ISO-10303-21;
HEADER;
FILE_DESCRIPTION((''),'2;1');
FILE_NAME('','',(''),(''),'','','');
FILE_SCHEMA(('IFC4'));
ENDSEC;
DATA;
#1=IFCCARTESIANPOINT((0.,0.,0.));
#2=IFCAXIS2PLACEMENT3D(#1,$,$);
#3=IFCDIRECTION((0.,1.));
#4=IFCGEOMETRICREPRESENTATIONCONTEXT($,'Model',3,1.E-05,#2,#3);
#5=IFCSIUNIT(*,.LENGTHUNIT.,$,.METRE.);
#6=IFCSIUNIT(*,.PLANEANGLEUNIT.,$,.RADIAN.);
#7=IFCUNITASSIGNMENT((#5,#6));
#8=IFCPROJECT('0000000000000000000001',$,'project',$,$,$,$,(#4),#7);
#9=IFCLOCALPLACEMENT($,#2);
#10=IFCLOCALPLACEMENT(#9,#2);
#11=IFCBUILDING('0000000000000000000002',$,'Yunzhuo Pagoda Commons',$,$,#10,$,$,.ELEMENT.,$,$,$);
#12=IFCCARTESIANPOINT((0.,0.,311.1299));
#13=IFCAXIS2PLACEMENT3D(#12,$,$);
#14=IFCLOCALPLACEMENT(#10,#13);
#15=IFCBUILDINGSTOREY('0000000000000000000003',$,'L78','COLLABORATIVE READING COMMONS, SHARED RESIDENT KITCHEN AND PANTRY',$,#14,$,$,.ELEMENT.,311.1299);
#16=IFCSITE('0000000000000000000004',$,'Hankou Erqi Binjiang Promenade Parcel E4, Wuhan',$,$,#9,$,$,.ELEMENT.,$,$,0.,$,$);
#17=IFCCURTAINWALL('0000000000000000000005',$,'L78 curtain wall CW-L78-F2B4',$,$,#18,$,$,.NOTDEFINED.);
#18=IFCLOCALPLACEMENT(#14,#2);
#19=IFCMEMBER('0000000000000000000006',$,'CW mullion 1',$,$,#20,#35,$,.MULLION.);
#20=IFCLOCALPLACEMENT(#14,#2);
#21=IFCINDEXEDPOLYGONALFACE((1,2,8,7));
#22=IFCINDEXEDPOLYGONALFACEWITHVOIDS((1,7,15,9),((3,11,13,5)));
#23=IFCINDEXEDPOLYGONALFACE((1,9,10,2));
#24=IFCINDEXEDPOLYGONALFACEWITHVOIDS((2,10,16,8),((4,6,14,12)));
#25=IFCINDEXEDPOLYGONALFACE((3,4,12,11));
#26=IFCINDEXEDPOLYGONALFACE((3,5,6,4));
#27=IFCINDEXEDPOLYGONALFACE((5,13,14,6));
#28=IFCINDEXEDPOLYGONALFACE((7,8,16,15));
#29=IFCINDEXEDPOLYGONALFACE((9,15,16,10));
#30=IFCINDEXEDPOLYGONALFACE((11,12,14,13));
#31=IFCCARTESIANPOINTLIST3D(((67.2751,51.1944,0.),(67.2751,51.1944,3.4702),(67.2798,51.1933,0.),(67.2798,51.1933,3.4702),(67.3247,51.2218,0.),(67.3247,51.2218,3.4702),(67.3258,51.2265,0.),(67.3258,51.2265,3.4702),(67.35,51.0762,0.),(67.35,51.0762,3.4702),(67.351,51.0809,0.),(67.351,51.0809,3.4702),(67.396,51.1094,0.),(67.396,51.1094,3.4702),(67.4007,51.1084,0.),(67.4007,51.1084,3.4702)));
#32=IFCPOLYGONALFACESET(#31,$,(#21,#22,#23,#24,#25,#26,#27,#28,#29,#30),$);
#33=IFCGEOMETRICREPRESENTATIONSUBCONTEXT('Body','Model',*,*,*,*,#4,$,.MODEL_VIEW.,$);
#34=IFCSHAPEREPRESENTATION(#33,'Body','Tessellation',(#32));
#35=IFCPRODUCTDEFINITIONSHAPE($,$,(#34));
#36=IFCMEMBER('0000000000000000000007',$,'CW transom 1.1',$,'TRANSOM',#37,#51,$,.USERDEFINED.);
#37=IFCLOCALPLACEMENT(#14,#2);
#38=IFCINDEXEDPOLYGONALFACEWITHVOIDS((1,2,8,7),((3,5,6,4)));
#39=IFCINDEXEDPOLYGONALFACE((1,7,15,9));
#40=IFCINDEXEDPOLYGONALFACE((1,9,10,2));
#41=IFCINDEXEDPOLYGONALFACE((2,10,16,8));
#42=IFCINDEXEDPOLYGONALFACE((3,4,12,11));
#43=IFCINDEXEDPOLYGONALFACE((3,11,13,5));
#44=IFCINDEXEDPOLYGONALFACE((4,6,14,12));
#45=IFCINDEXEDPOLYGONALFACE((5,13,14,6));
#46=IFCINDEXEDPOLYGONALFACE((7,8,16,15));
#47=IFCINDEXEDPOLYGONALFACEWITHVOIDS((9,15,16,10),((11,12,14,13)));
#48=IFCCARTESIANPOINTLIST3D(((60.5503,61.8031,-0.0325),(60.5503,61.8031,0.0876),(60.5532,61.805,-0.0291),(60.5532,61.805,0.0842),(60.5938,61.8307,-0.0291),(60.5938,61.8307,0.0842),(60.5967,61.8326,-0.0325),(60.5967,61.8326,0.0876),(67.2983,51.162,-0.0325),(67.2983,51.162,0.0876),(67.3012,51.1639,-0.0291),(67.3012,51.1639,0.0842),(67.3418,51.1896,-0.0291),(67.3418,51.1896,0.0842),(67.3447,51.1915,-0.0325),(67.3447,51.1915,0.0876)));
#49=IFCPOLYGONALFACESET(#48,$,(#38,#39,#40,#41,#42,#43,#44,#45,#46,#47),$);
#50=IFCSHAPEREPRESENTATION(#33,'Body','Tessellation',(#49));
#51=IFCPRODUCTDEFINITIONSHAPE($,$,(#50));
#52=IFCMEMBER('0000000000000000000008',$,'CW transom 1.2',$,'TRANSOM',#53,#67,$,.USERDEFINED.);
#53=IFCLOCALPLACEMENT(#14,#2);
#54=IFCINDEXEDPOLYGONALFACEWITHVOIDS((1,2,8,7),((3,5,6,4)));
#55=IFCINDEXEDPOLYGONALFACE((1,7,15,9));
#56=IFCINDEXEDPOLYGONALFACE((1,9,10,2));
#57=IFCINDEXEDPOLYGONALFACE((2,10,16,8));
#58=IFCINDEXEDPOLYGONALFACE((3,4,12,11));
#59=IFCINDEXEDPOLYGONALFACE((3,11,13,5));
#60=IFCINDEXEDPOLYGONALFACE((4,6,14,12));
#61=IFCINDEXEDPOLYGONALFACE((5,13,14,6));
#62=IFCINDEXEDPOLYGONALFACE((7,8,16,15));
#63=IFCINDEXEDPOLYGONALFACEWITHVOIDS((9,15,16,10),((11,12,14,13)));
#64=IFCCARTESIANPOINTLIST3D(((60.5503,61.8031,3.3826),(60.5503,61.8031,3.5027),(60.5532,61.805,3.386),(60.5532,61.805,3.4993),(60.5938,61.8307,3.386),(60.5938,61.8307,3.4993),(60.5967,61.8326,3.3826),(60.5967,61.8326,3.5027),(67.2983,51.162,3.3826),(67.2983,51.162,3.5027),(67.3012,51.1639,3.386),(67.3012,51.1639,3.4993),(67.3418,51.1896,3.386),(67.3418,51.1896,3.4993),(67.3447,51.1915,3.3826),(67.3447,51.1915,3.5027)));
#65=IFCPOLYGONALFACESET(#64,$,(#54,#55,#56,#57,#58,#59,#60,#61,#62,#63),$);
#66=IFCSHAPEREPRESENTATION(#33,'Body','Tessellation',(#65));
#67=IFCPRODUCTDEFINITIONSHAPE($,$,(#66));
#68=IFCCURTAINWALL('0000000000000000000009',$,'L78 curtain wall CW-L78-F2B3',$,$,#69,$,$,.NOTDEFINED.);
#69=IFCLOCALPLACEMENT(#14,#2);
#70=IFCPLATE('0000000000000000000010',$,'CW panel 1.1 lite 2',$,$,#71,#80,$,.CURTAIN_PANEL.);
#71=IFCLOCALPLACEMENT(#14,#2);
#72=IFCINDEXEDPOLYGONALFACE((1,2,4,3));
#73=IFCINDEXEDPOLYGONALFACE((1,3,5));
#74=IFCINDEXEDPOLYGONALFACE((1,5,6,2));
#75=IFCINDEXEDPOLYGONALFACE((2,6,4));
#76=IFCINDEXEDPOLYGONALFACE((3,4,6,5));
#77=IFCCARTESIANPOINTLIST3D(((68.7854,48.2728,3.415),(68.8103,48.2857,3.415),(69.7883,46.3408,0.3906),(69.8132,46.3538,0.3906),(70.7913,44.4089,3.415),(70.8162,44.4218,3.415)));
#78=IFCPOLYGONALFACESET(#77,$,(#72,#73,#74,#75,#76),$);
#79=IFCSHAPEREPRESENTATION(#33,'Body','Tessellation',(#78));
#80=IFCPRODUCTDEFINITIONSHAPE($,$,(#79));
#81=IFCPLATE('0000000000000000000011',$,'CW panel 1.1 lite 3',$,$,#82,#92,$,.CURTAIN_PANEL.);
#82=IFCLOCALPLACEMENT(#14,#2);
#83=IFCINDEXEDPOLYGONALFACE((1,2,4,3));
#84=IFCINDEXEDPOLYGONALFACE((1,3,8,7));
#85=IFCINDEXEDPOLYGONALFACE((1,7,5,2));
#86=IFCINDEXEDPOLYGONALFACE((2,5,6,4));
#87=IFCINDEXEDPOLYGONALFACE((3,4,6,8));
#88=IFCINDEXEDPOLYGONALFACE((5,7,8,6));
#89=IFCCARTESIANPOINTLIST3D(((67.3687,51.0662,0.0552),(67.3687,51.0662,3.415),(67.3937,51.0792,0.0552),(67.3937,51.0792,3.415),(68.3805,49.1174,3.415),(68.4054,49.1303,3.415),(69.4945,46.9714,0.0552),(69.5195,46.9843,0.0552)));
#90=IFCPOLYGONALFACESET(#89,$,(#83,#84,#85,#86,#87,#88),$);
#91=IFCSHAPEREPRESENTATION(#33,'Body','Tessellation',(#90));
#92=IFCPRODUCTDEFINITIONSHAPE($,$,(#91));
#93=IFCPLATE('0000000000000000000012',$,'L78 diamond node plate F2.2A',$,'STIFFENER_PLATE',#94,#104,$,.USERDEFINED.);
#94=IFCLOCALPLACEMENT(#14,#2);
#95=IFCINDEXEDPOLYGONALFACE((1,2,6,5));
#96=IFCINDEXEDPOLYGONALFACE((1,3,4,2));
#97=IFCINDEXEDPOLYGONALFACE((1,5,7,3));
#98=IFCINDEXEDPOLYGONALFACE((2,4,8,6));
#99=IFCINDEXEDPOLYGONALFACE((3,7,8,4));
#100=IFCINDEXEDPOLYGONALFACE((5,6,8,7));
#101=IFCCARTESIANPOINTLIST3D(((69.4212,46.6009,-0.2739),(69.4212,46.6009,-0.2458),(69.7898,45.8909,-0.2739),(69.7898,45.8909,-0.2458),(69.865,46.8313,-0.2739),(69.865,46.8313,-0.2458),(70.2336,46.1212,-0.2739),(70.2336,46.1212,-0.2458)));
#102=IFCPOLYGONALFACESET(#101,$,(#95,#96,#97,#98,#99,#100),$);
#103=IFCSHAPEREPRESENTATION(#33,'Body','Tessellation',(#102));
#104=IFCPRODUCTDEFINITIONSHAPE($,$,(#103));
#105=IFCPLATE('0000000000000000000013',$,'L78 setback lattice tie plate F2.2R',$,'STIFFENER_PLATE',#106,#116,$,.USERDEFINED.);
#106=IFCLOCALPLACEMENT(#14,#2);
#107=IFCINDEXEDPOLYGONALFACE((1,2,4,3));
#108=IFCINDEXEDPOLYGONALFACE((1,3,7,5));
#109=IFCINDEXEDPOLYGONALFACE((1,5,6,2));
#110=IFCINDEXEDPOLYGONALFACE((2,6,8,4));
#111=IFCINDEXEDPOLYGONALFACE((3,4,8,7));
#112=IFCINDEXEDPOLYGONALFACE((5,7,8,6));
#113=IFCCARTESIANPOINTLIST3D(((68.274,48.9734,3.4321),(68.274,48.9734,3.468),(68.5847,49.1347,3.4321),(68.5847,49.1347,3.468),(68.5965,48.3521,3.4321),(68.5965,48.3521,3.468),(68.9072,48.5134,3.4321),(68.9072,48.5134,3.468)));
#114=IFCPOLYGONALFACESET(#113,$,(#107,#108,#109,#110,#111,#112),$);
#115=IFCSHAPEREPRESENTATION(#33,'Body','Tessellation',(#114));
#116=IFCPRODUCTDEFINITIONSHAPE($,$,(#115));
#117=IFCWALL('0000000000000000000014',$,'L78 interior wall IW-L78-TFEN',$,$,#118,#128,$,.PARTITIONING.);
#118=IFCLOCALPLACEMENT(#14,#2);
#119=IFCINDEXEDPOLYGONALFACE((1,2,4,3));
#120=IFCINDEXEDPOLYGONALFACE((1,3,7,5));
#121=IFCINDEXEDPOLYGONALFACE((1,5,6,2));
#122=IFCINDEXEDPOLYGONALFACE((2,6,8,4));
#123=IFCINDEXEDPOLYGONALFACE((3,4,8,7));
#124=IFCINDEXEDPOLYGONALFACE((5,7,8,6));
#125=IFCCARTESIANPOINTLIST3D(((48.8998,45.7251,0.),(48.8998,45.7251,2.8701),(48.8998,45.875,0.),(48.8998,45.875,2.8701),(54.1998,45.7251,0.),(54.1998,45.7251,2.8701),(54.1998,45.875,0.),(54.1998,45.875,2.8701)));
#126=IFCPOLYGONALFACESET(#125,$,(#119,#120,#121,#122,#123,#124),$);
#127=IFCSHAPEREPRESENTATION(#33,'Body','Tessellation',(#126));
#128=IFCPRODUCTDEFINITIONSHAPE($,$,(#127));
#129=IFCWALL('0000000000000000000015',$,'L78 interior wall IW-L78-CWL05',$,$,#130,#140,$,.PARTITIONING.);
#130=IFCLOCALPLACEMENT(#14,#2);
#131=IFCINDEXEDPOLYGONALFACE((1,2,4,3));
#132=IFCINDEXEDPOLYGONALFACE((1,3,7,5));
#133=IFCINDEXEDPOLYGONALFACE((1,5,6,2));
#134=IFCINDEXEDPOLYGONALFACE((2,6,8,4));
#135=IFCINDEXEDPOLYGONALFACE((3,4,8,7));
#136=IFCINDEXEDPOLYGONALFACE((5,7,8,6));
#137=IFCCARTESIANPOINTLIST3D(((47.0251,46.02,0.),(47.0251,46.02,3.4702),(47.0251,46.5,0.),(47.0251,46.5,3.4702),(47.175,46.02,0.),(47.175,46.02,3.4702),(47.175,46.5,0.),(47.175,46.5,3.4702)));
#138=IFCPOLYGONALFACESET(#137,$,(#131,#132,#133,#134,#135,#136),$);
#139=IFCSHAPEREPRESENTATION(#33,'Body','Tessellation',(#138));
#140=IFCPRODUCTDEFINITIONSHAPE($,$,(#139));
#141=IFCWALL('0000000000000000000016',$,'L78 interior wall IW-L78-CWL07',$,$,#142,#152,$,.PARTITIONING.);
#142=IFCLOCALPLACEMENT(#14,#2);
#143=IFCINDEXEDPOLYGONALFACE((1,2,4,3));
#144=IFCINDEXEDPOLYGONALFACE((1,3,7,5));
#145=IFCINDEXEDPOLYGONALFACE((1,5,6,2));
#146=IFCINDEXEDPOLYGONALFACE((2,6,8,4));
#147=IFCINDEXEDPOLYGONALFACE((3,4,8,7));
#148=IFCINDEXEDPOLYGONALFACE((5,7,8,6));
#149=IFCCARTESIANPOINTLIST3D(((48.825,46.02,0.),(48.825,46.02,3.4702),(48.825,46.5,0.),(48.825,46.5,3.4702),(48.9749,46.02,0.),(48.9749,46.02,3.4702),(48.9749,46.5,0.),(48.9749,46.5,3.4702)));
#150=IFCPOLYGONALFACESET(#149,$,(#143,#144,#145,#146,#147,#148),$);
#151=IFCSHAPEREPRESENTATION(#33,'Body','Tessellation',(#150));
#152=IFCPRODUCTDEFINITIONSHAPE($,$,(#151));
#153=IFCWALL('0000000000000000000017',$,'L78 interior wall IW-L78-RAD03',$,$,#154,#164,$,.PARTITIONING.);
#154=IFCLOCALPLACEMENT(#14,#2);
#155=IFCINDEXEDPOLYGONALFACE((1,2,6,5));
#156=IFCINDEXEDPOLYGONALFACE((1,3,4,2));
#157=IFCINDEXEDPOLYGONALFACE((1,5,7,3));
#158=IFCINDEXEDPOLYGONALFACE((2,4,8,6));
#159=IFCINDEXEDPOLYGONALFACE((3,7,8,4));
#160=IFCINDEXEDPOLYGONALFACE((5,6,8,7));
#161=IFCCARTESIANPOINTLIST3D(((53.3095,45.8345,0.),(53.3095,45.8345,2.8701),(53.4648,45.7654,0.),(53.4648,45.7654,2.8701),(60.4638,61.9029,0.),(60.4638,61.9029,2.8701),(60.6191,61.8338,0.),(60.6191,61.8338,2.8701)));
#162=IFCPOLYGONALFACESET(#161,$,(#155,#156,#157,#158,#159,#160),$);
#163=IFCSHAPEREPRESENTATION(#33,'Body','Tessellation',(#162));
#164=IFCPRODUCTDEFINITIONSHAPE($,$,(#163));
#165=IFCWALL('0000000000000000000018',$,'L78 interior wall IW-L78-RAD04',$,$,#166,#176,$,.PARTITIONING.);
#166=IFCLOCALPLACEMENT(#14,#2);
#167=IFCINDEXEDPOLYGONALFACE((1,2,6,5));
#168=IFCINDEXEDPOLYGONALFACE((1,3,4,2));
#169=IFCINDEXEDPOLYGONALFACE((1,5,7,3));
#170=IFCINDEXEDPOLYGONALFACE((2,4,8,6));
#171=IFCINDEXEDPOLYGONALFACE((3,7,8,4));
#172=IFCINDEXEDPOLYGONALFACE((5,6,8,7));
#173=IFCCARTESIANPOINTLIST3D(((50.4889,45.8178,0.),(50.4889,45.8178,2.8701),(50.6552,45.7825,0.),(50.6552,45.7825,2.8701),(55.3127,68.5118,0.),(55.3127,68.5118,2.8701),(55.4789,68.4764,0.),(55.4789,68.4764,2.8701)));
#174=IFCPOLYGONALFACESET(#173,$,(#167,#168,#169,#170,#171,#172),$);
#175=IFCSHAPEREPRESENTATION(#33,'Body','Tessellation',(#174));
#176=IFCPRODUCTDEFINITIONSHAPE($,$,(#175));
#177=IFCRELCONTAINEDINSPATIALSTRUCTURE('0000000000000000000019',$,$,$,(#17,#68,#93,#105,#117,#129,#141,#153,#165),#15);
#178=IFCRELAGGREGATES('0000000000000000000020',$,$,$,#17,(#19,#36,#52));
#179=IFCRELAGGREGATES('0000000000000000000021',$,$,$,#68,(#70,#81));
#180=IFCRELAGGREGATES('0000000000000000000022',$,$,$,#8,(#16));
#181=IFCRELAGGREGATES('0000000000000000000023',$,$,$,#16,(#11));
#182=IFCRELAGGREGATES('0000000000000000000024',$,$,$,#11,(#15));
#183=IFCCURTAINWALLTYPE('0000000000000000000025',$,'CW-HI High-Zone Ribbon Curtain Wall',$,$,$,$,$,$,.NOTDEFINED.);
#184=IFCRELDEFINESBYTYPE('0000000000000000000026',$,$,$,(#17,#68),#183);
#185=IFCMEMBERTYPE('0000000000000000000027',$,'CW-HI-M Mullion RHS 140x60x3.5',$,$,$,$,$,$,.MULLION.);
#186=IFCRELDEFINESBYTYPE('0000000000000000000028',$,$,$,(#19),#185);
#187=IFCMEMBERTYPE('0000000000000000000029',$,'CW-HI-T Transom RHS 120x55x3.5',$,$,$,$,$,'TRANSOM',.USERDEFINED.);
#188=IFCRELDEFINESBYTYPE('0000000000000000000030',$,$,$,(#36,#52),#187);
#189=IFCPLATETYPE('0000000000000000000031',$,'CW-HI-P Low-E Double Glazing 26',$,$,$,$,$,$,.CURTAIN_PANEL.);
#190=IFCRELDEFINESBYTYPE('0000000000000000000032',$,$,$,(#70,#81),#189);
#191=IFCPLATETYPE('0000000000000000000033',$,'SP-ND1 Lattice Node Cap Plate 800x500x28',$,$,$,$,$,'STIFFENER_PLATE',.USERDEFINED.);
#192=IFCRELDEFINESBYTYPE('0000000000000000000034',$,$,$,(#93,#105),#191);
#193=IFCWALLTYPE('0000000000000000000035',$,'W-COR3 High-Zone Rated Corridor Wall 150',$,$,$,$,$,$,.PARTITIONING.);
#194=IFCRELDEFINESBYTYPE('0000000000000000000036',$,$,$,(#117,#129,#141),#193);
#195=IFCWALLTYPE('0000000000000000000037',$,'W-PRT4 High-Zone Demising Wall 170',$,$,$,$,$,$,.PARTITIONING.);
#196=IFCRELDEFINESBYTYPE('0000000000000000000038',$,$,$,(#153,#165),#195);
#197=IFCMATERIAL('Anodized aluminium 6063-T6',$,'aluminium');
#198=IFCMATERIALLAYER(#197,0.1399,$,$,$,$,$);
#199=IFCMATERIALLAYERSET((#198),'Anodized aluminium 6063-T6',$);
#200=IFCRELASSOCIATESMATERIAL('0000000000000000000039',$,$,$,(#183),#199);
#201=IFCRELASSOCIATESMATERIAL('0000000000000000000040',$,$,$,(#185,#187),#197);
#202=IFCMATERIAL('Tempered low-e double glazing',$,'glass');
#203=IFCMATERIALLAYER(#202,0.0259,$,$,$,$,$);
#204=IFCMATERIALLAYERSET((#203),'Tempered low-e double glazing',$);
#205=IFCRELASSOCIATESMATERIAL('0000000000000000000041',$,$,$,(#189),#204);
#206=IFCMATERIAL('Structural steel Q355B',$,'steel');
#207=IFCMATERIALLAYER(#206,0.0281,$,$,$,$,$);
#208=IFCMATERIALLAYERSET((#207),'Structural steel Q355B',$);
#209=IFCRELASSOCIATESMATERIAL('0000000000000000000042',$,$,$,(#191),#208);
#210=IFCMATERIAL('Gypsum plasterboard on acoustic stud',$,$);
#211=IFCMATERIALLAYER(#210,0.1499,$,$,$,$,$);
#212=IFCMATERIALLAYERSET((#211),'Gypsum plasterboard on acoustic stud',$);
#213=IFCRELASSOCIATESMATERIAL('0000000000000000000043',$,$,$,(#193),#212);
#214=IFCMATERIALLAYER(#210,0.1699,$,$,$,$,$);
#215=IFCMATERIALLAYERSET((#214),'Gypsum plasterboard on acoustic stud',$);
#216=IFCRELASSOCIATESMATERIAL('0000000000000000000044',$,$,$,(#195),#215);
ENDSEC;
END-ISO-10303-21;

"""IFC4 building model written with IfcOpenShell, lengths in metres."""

from ifc_helpers import new_model, si_unit, direction, frame, frame_2d, origin, origin_2d, place, context, subcontext, project, spatial, polyline, rectangle, hollow_rectangle, outline, extrude, source, transform, mapped, material, layer, layer_set, material_profile, profile_set, type_object, element, aggregate, save


model = new_model("IFC4")

# Units and contexts
model_context = context("Model", 3, precision=1e-05, world=origin(), true_north=direction((0.0, 1.0)))
body_context = subcontext(model_context, "Body", "Model", "MODEL_VIEW")
ifc_project = project(units=[si_unit("LENGTHUNIT", "METRE"), si_unit("PLANEANGLEUNIT", "RADIAN")], contexts=[model_context])

# Site, building, storey
site_placement = place(None, origin())
site = spatial("IfcSite", under=ifc_project, at=site_placement, Name="Hankou Erqi Binjiang Promenade Parcel E4, Wuhan", CompositionType="ELEMENT", RefElevation=0.0)
building_placement = place(site_placement, origin())
building = spatial("IfcBuilding", under=site, at=building_placement, Name="Yunzhuo Pagoda Commons", CompositionType="ELEMENT")
storey_placement = place(building_placement, frame((0.0, 0.0, 311.1299)))
storey = spatial("IfcBuildingStorey", under=building, at=storey_placement, Name="L78", Description="COLLABORATIVE READING COMMONS, SHARED RESIDENT KITCHEN AND PANTRY", CompositionType="ELEMENT", Elevation=311.1299)

# Shared definitions
ifc_material_1 = material(Name="Structural steel Q355B", Category="steel")

# Curtain wall, members
ifc_material_2 = material(Name="Anodized aluminium 6063-T6", Category="aluminium")
ifc_layer_1 = layer(ifc_material_2, 0.1399)
ifc_layer_set_1 = layer_set([ifc_layer_1], Name="Anodized aluminium 6063-T6")
curtain_wall_type = type_object("IfcCurtainWallType", Name="CW-HI High-Zone Ribbon Curtain Wall", PredefinedType="NOTDEFINED", material=ifc_layer_set_1)
curtain_wall_1_placement = place(storey_placement, origin())
curtain_wall_1 = element("IfcCurtainWall", 1, at=curtain_wall_1_placement, inside=storey, type_object=curtain_wall_type, Name="L78 curtain wall CW-L78-F2B4", PredefinedType="NOTDEFINED")
ifc_material_profile_1 = material_profile(ifc_material_2, hollow_rectangle(XDim=0.0601, YDim=0.1399, WallThickness=0.0034, at=origin_2d()), Name="Anodized aluminium 6063-T6")
ifc_profile_set_1 = profile_set([ifc_material_profile_1], Name="Anodized aluminium 6063-T6")
member_type_1 = type_object("IfcMemberType", Name="CW-HI-M Mullion RHS 140x60x3.5", PredefinedType="MULLION", material=ifc_profile_set_1)
shared_shape_1 = source(origin(), body_context, "Body", "SweptSolid", [
    extrude(hollow_rectangle(XDim=0.0601, YDim=0.1399, WallThickness=0.0034, at=origin_2d()), origin(), (0.0, 0.0, 1.0), 3.4702),
])
member_1_placement = place(storey_placement, frame((67.3379, 51.1514, 0.0), z_axis=(0.0, 0.0, 1.0), x_axis=(-0.844513, -0.535535, 0.0)))
member_1 = element("IfcMember", 2, at=member_1_placement, type_object=member_type_1, Name="CW mullion 1", PredefinedType="MULLION", context=body_context, shape_type="MappedRepresentation", body=[
    mapped(shared_shape_1, transform((0.0, 0.0, 0.0), scale=1.0)),
])
ifc_material_profile_2 = material_profile(ifc_material_2, hollow_rectangle(XDim=0.0549, YDim=0.1201, WallThickness=0.0034, at=origin_2d()), Name="Anodized aluminium 6063-T6")
ifc_profile_set_2 = profile_set([ifc_material_profile_2], Name="Anodized aluminium 6063-T6")
member_type_2 = type_object("IfcMemberType", Name="CW-HI-T Transom RHS 120x55x3.5", ElementType="TRANSOM", PredefinedType="USERDEFINED", material=ifc_profile_set_2)
shared_shape_2 = source(origin(), body_context, "Body", "SweptSolid", [
    extrude(hollow_rectangle(XDim=0.0549, YDim=0.1201, WallThickness=0.0034, at=origin_2d()), origin(), (0.0, 0.0, 1.0), 12.6003),
])
member_2_placement = place(storey_placement, frame((67.3215, 51.1768, 0.0276), z_axis=(-0.535543, 0.844508, 0.0), x_axis=(-0.844508, -0.535543, 0.0)))
member_2 = element("IfcMember", 3, at=member_2_placement, type_object=member_type_2, Name="CW transom 1.1", ObjectType="TRANSOM", PredefinedType="USERDEFINED", context=body_context, shape_type="MappedRepresentation", body=[
    mapped(shared_shape_2, transform((0.0, 0.0, 0.0), scale=1.0)),
])
member_3_placement = place(storey_placement, frame((67.3215, 51.1768, 3.4426), z_axis=(-0.535543, 0.844508, 0.0), x_axis=(-0.844508, -0.535543, 0.0)))
member_3 = element("IfcMember", 4, at=member_3_placement, type_object=member_type_2, Name="CW transom 1.2", ObjectType="TRANSOM", PredefinedType="USERDEFINED", context=body_context, shape_type="MappedRepresentation", body=[
    mapped(shared_shape_2, transform((0.0, 0.0, 0.0), scale=1.0)),
])
aggregate(curtain_wall_1, [member_1, member_2, member_3])

# Curtain wall, plates
curtain_wall_2_placement = place(storey_placement, origin())
curtain_wall_2 = element("IfcCurtainWall", 5, at=curtain_wall_2_placement, inside=storey, type_object=curtain_wall_type, Name="L78 curtain wall CW-L78-F2B3", PredefinedType="NOTDEFINED")
ifc_material_3 = material(Name="Tempered low-e double glazing", Category="glass")
ifc_layer_2 = layer(ifc_material_3, 0.0259)
ifc_layer_set_2 = layer_set([ifc_layer_2], Name="Tempered low-e double glazing")
plate_type_1 = type_object("IfcPlateType", Name="CW-HI-P Low-E Double Glazing 26", PredefinedType="CURTAIN_PANEL", material=ifc_layer_set_2)
plate_1_placement = place(storey_placement, frame((69.7883, 46.3408, 1.9028), z_axis=(0.887531, 0.460748, 0.0), x_axis=(-0.460748, 0.887531, 0.0)))
plate_1 = element("IfcPlate", 6, at=plate_1_placement, type_object=plate_type_1, Name="CW panel 1.1 lite 2", PredefinedType="CURTAIN_PANEL", context=body_context, shape_type="SweptSolid", body=[
    extrude(outline(polyline([(-2.1768, 1.5122), (0.0, -1.5122), (2.1768, 1.5122), (-2.1768, 1.5122)])), origin(), (0.0, 0.0, 1.0), 0.0281),
])
plate_2_placement = place(storey_placement, frame((68.4316, 49.0188, 1.7351), z_axis=(0.887531, 0.460748, 0.0), x_axis=(-0.460748, 0.887531, 0.0)))
plate_2 = element("IfcPlate", 7, at=plate_2_placement, type_object=plate_type_1, Name="CW panel 1.1 lite 3", PredefinedType="CURTAIN_PANEL", context=body_context, shape_type="SweptSolid", body=[
    extrude(outline(polyline([(-2.3069, -1.6799), (2.3069, -1.6799), (2.3069, 1.6799), (0.1111, 1.6799), (-2.3069, -1.6799)])), origin(), (0.0, 0.0, 1.0), 0.0281),
])
aggregate(curtain_wall_2, [plate_1, plate_2])

# Plates
ifc_layer_3 = layer(ifc_material_1, 0.0281)
ifc_layer_set_3 = layer_set([ifc_layer_3], Name="Structural steel Q355B")
plate_type_2 = type_object("IfcPlateType", Name="SP-ND1 Lattice Node Cap Plate 800x500x28", ElementType="STIFFENER_PLATE", PredefinedType="USERDEFINED", material=ifc_layer_set_3)
shared_shape_3 = source(origin(), body_context, "Body", "SweptSolid", [
    extrude(rectangle(XDim=0.8, YDim=0.5, at=origin_2d()), origin(), (0.0, 0.0, 1.0), 0.0281),
])
plate_3_placement = place(storey_placement, frame((69.8274, 46.3611, -0.2739), z_axis=(0.0, 0.0, 1.0), x_axis=(-0.460742, 0.887534, 0.0)))
element("IfcPlate", 8, at=plate_3_placement, inside=storey, type_object=plate_type_2, Name="L78 diamond node plate F2.2A", ObjectType="STIFFENER_PLATE", PredefinedType="USERDEFINED", context=body_context, shape_type="MappedRepresentation", body=[
    mapped(shared_shape_3, transform((0.0, 0.0, 0.0), scale=1.0)),
])
shared_shape_4 = source(origin(), body_context, "Body", "SweptSolid", [
    extrude(rectangle(XDim=0.7, YDim=0.3501, at=origin_2d()), origin(), (0.0, 0.0, 1.0), 0.0359),
])
plate_4_placement = place(storey_placement, frame((68.5906, 48.7434, 3.4321), z_axis=(0.0, 0.0, 1.0), x_axis=(-0.460742, 0.887534, 0.0)))
element("IfcPlate", 9, at=plate_4_placement, inside=storey, type_object=plate_type_2, Name="L78 setback lattice tie plate F2.2R", ObjectType="STIFFENER_PLATE", PredefinedType="USERDEFINED", context=body_context, shape_type="MappedRepresentation", body=[
    mapped(shared_shape_4, transform((0.0, 0.0, 0.0), scale=1.0)),
])

# Walls
ifc_material_4 = material(Name="Gypsum plasterboard on acoustic stud")
ifc_layer_4 = layer(ifc_material_4, 0.1499)
ifc_layer_set_4 = layer_set([ifc_layer_4], Name="Gypsum plasterboard on acoustic stud")
wall_type_1 = type_object("IfcWallType", Name="W-COR3 High-Zone Rated Corridor Wall 150", PredefinedType="PARTITIONING", material=ifc_layer_set_4)
wall_1_placement = place(storey_placement, frame((48.8999, 45.8, 0.0), z_axis=(0.0, 0.0, 1.0), x_axis=(1.0, 0.0, 0.0)))
element("IfcWall", 10, at=wall_1_placement, inside=storey, type_object=wall_type_1, Name="L78 interior wall IW-L78-TFEN", PredefinedType="PARTITIONING", context=body_context, shape_type="SweptSolid", body=[
    extrude(rectangle(XDim=5.3, YDim=0.1499, at=frame_2d((2.6499, 0.0))), origin(), (0.0, 0.0, 1.0), 2.8701),
])
wall_2_placement = place(storey_placement, frame((47.1001, 46.02, 0.0), z_axis=(0.0, 0.0, 1.0), x_axis=(0.0, 1.0, 0.0)))
element("IfcWall", 11, at=wall_2_placement, inside=storey, type_object=wall_type_1, Name="L78 interior wall IW-L78-CWL05", PredefinedType="PARTITIONING", context=body_context, shape_type="SweptSolid", body=[
    extrude(rectangle(XDim=0.48, YDim=0.1499, at=frame_2d((0.24, 0.0))), origin(), (0.0, 0.0, 1.0), 3.4702),
])

# Walls
wall_3_placement = place(storey_placement, frame((48.8999, 46.5, 0.0), z_axis=(0.0, 0.0, 1.0), x_axis=(0.0, -1.0, 0.0)))
element("IfcWall", 12, at=wall_3_placement, inside=storey, type_object=wall_type_1, Name="L78 interior wall IW-L78-CWL07", PredefinedType="PARTITIONING", context=body_context, shape_type="SweptSolid", body=[
    extrude(rectangle(XDim=0.48, YDim=0.1499, at=frame_2d((0.24, 0.0))), origin(), (0.0, 0.0, 1.0), 3.4702),
])
ifc_layer_5 = layer(ifc_material_4, 0.1699)
ifc_layer_set_5 = layer_set([ifc_layer_5], Name="Gypsum plasterboard on acoustic stud")
wall_type_2 = type_object("IfcWallType", Name="W-PRT4 High-Zone Demising Wall 170", PredefinedType="PARTITIONING", material=ifc_layer_set_5)
wall_4_placement = place(storey_placement, frame((53.3872, 45.8, 0.0), z_axis=(0.0, 0.0, 1.0), x_axis=(0.406746, 0.913541, 0.0)))
element("IfcWall", 13, at=wall_4_placement, inside=storey, type_object=wall_type_2, Name="L78 interior wall IW-L78-RAD03", PredefinedType="PARTITIONING", context=body_context, shape_type="SweptSolid", body=[
    extrude(rectangle(XDim=17.5891, YDim=0.1699, at=frame_2d((8.7944, 0.0))), origin(), (0.0, 0.0, 1.0), 2.8701),
])
wall_5_placement = place(storey_placement, frame((50.572, 45.8, 0.0), z_axis=(0.0, 0.0, 1.0), x_axis=(0.207912, 0.978148, 0.0)))
element("IfcWall", 14, at=wall_5_placement, inside=storey, type_object=wall_type_2, Name="L78 interior wall IW-L78-RAD04", PredefinedType="PARTITIONING", context=body_context, shape_type="SweptSolid", body=[
    extrude(rectangle(XDim=23.2009, YDim=0.1699, at=frame_2d((11.6006, 0.0))), origin(), (0.0, 0.0, 1.0), 2.8701),
])

save(model, "model.ifc")
